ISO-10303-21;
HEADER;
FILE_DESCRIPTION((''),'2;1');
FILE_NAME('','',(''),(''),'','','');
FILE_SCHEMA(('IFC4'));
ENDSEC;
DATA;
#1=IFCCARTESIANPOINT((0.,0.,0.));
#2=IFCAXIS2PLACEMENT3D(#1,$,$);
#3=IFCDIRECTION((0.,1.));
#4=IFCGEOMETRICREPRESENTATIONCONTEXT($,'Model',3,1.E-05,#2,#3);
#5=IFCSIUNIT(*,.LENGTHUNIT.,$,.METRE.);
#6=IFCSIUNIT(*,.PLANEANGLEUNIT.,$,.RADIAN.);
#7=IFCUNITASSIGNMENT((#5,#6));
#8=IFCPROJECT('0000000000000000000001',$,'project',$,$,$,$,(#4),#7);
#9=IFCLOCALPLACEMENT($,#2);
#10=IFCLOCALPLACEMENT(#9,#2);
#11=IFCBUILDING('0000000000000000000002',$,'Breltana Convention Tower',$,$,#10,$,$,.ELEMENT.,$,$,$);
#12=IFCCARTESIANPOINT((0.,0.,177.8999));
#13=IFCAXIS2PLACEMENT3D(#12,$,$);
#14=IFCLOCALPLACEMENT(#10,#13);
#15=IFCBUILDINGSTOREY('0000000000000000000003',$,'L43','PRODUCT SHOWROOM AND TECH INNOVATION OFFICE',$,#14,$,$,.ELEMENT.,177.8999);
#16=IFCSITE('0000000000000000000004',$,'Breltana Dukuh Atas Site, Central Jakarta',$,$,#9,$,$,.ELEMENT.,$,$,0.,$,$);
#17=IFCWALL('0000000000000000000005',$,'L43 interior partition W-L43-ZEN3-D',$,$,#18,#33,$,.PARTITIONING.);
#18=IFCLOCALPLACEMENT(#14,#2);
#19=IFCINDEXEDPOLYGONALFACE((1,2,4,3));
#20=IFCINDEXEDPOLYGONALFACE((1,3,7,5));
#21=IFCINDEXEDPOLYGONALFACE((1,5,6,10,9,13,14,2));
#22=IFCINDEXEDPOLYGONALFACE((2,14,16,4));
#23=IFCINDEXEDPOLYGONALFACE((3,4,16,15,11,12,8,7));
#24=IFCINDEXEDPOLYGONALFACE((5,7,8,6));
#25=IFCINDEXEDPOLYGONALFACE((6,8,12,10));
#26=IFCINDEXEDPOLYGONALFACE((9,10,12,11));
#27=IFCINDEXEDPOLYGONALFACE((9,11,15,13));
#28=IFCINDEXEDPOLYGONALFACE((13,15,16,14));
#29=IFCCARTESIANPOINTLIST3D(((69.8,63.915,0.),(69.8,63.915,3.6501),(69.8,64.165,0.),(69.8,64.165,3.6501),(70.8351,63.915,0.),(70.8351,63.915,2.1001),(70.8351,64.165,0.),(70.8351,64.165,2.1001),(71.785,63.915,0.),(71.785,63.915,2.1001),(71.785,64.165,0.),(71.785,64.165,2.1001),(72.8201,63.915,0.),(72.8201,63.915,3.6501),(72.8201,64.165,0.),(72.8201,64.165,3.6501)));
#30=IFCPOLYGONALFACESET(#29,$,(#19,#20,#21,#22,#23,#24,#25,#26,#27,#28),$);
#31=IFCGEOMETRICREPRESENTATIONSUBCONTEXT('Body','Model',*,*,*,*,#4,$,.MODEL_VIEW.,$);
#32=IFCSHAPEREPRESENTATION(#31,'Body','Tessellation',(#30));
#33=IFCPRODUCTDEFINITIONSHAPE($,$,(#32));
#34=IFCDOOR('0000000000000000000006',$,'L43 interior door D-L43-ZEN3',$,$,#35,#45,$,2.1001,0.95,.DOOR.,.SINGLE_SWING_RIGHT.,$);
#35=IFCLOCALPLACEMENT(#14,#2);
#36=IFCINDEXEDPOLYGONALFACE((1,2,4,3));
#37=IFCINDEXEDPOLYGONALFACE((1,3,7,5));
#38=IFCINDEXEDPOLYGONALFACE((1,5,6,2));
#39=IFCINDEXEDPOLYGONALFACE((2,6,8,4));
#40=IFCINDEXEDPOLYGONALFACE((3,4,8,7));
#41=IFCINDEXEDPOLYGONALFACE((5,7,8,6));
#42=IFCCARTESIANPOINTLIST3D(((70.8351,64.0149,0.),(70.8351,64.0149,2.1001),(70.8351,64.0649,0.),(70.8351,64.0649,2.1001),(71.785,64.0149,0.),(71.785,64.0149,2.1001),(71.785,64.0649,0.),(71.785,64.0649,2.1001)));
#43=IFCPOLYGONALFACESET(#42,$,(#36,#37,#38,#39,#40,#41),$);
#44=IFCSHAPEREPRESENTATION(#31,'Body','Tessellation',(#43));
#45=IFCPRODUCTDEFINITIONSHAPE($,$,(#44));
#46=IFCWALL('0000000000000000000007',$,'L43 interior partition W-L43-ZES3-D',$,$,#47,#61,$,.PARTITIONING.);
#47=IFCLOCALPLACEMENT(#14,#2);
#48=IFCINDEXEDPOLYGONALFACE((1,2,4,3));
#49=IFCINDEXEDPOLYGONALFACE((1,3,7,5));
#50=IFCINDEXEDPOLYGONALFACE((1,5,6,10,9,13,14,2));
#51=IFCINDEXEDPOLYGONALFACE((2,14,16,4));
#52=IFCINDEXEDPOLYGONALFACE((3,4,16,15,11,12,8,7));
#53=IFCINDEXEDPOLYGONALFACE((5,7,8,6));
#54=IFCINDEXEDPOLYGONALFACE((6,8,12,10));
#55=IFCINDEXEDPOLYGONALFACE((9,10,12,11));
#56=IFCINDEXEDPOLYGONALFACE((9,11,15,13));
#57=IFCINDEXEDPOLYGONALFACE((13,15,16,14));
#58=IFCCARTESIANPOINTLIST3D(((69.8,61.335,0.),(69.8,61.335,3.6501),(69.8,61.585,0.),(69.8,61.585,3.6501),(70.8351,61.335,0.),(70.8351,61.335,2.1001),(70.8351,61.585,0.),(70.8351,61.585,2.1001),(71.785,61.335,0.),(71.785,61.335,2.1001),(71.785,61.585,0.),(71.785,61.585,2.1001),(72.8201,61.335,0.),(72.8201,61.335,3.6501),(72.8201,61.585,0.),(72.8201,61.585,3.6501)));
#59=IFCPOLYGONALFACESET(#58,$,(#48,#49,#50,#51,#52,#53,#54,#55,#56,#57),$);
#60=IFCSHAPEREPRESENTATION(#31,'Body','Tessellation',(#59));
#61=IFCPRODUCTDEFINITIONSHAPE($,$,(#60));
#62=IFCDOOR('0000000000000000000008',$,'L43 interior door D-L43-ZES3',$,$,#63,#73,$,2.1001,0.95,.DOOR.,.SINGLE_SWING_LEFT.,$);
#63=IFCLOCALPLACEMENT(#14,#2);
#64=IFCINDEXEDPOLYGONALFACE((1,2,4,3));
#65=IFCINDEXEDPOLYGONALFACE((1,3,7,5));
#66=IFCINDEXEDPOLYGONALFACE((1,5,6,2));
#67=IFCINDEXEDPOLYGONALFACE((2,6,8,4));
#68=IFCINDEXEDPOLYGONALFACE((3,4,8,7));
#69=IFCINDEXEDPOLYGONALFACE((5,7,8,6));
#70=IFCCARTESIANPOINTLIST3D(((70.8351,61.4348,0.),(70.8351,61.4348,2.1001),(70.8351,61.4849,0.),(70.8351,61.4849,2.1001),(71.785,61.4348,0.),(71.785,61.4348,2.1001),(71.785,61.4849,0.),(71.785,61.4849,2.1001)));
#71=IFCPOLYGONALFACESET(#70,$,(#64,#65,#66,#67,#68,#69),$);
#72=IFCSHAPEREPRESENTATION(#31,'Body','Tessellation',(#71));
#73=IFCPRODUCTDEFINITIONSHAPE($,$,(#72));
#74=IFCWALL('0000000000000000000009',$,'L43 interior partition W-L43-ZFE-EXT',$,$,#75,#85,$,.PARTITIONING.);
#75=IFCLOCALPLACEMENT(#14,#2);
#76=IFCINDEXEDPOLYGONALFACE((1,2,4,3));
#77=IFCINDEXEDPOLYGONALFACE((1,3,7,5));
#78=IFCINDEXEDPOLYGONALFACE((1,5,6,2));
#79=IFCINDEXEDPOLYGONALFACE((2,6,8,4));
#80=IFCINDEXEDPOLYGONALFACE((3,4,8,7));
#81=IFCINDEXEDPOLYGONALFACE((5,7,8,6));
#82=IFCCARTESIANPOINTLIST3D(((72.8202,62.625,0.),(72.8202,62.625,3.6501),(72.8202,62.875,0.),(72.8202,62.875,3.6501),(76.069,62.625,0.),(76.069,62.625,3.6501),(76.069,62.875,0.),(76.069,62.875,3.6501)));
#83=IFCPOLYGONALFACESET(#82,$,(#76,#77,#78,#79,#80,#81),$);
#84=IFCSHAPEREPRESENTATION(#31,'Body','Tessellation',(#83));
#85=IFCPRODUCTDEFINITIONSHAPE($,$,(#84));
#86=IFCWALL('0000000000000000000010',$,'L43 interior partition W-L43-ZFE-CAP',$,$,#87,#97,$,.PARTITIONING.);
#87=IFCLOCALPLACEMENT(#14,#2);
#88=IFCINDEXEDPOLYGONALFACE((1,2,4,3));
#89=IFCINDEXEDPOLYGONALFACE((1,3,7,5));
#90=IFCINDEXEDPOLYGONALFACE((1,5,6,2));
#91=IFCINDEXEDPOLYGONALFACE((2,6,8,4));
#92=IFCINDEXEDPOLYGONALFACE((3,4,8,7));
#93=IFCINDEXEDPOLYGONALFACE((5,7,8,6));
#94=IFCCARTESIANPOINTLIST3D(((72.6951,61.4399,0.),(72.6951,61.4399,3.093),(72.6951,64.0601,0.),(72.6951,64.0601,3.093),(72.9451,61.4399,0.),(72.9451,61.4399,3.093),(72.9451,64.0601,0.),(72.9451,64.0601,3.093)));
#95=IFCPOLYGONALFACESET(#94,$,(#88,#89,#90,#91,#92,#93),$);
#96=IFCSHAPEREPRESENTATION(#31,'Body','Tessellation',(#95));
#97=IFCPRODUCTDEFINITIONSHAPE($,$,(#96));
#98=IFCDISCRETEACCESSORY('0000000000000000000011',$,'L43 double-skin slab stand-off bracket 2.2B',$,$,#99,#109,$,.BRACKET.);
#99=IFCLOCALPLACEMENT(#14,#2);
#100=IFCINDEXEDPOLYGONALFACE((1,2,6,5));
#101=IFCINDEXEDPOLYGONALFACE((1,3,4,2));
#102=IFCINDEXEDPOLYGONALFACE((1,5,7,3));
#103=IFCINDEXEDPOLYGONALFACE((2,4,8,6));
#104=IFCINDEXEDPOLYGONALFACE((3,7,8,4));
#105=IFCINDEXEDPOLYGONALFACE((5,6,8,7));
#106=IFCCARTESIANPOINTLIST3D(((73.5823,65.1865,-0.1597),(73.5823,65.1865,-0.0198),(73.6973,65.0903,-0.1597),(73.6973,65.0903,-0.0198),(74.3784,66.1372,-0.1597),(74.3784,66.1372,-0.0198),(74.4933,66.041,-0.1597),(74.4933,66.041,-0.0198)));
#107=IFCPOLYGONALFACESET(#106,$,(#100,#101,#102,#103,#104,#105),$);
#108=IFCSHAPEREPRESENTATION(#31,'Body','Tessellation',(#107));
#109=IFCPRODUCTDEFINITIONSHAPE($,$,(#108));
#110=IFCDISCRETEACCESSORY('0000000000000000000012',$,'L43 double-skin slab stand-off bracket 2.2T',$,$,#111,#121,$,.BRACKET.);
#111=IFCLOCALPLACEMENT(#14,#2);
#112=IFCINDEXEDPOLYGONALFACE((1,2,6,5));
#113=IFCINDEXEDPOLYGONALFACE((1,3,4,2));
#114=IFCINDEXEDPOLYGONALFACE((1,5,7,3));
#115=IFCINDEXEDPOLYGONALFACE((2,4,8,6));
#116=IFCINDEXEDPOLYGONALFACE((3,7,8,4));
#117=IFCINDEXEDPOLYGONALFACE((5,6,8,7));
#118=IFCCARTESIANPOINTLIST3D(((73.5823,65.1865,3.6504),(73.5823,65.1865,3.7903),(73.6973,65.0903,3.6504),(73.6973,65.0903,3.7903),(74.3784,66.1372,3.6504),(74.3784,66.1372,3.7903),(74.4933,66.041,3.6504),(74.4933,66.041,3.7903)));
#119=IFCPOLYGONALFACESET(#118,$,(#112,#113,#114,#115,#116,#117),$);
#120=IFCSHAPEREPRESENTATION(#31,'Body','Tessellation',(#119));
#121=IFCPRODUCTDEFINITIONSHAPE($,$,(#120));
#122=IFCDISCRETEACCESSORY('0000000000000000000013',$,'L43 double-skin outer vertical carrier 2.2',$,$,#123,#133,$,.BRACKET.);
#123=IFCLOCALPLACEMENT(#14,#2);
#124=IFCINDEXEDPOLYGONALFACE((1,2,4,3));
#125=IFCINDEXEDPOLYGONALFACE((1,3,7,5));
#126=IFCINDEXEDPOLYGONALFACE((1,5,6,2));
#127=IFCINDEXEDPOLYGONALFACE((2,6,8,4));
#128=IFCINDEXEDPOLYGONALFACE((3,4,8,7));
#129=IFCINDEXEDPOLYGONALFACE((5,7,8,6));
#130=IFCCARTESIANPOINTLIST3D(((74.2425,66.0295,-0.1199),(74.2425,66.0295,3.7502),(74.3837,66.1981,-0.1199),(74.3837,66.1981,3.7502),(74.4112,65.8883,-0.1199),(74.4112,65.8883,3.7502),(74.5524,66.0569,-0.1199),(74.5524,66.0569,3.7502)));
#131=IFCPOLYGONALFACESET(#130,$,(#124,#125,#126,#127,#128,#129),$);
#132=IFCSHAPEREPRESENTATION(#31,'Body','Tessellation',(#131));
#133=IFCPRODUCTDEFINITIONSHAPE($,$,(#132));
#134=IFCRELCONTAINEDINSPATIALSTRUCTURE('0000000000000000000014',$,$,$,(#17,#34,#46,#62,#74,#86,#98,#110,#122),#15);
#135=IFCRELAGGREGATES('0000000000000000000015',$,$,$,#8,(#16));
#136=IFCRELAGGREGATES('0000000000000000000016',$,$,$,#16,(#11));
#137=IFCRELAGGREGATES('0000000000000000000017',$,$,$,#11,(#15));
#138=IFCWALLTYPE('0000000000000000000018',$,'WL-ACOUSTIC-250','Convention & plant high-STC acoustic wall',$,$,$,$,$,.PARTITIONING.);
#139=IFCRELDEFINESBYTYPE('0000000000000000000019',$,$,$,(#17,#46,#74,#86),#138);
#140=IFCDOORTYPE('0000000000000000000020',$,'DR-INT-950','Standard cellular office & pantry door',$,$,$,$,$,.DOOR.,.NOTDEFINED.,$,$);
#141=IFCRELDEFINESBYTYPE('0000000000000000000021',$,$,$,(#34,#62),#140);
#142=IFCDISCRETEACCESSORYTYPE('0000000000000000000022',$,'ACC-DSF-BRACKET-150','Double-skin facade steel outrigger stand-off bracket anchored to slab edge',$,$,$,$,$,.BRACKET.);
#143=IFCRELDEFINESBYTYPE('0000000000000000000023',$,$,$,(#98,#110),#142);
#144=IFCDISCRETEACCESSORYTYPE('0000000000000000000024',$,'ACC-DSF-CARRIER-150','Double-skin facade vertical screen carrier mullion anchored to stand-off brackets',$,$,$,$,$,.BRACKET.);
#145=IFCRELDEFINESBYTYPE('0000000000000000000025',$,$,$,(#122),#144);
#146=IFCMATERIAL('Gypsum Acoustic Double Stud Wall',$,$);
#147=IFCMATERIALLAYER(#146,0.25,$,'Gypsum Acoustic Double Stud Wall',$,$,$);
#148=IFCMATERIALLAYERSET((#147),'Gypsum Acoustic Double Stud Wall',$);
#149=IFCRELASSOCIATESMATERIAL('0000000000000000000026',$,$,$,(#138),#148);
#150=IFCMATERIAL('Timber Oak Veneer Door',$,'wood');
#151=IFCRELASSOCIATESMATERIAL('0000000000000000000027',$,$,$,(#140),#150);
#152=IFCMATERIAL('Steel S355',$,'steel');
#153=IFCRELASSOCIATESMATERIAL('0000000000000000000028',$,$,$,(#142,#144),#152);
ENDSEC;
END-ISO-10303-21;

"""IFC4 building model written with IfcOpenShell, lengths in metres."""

from ifc_helpers import new_model, si_unit, direction, frame, frame_2d, origin, origin_2d, place, context, subcontext, project, spatial, rectangle, extrude, source, transform, mapped, material, layer, layer_set, type_object, type_shapes, element, fill, save


model = new_model("IFC4")

# Units and contexts
model_context = context("Model", 3, precision=1e-05, world=origin(), true_north=direction((0.0, 1.0)))
body_context = subcontext(model_context, "Body", "Model", "MODEL_VIEW")
ifc_project = project(units=[si_unit("LENGTHUNIT", "METRE"), si_unit("PLANEANGLEUNIT", "RADIAN")], contexts=[model_context])

# Site, building, storey
site_placement = place(None, origin())
site = spatial("IfcSite", under=ifc_project, at=site_placement, Name="Breltana Dukuh Atas Site, Central Jakarta", CompositionType="ELEMENT", RefElevation=0.0)
building_placement = place(site_placement, origin())
building = spatial("IfcBuilding", under=site, at=building_placement, Name="Breltana Convention Tower", CompositionType="ELEMENT")
storey_placement = place(building_placement, frame((0.0, 0.0, 177.8999)))
storey = spatial("IfcBuildingStorey", under=building, at=storey_placement, Name="L43", Description="PRODUCT SHOWROOM AND TECH INNOVATION OFFICE", CompositionType="ELEMENT", Elevation=177.8999)

# Shared definitions
ifc_material_1 = material(Name="Gypsum Acoustic Double Stud Wall")
ifc_layer_1 = layer(ifc_material_1, 0.25, Name="Gypsum Acoustic Double Stud Wall")
ifc_layer_set_1 = layer_set([ifc_layer_1], Name="Gypsum Acoustic Double Stud Wall")
wall_type_1 = type_object("IfcWallType", Name="WL-ACOUSTIC-250", Description="Convention & plant high-STC acoustic wall", PredefinedType="PARTITIONING", material=ifc_layer_set_1)

# Walls, openings, doors
shared_shape_1 = source(origin(), body_context, "Body", "SweptSolid", [
    extrude(rectangle(XDim=3.02, YDim=0.25, at=frame_2d((1.51, 0.0))), origin(), (0.0, 0.0, 1.0), 3.6501),
])
wall_1_placement = place(storey_placement, frame((69.8, 64.04, 0.0), z_axis=(0.0, 0.0, 1.0), x_axis=(1.0, 0.0, 0.0)))
wall_1 = element("IfcWall", 1, at=wall_1_placement, inside=storey, type_object=wall_type_1, Name="L43 interior partition W-L43-ZEN3-D", PredefinedType="PARTITIONING", context=body_context, shape_type="MappedRepresentation", body=[
    mapped(shared_shape_1, transform((0.0, 0.0, 0.0), scale=1.0)),
])
opening_1_placement = place(wall_1_placement, frame((1.0349, 0.0, 0.0)))
opening_1 = element("IfcOpeningElement", 2, at=opening_1_placement, cuts=wall_1, PredefinedType="OPENING", context=body_context, shape_type="SweptSolid", body=[
    extrude(rectangle(XDim=0.95, YDim=2.1001, at=frame_2d((0.4751, 1.05))), frame((0.0, 0.135, 0.0), z_axis=(0.0, -1.0, 0.0), x_axis=(1.0, 0.0, 0.0)), (0.0, 0.0, 1.0), 0.27),
])
ifc_material_2 = material(Name="Timber Oak Veneer Door", Category="wood")
door_type = type_object("IfcDoorType", Name="DR-INT-950", Description="Standard cellular office & pantry door", OperationType="NOTDEFINED", PredefinedType="DOOR", material=ifc_material_2)
shared_shape_2 = source(origin(), body_context, "Body", "SweptSolid", [
    extrude(rectangle(XDim=0.95, YDim=2.1001, at=frame_2d((0.4751, 1.05))), frame((0.0, 0.0249, 0.0), z_axis=(0.0, -1.0, 0.0), x_axis=(1.0, 0.0, 0.0)), (0.0, 0.0, 1.0), 0.05),
])
type_shapes(door_type, [shared_shape_2])
door_1_placement = place(opening_1_placement, origin())
door_1 = element("IfcDoor", 3, at=door_1_placement, inside=storey, type_object=door_type, Name="L43 interior door D-L43-ZEN3", OperationType="SINGLE_SWING_RIGHT", OverallHeight=2.1001, OverallWidth=0.95, PredefinedType="DOOR", context=body_context, shape_type="MappedRepresentation", body=[
    mapped(shared_shape_2, transform((0.0, 0.0, 0.0), scale=1.0)),
])
fill(opening_1, door_1)
wall_2_placement = place(storey_placement, frame((69.8, 61.46, 0.0), z_axis=(0.0, 0.0, 1.0), x_axis=(1.0, 0.0, 0.0)))
wall_2 = element("IfcWall", 4, at=wall_2_placement, inside=storey, type_object=wall_type_1, Name="L43 interior partition W-L43-ZES3-D", PredefinedType="PARTITIONING", context=body_context, shape_type="MappedRepresentation", body=[
    mapped(shared_shape_1, transform((0.0, 0.0, 0.0), scale=1.0)),
])
opening_2_placement = place(wall_2_placement, frame((1.0349, 0.0, 0.0)))
opening_2 = element("IfcOpeningElement", 5, at=opening_2_placement, cuts=wall_2, PredefinedType="OPENING", context=body_context, shape_type="SweptSolid", body=[
    extrude(rectangle(XDim=0.95, YDim=2.1001, at=frame_2d((0.4751, 1.05))), frame((0.0, 0.135, 0.0), z_axis=(0.0, -1.0, 0.0), x_axis=(1.0, 0.0, 0.0)), (0.0, 0.0, 1.0), 0.27),
])
door_2_placement = place(opening_2_placement, origin())
door_2 = element("IfcDoor", 6, at=door_2_placement, inside=storey, type_object=door_type, Name="L43 interior door D-L43-ZES3", OperationType="SINGLE_SWING_LEFT", OverallHeight=2.1001, OverallWidth=0.95, PredefinedType="DOOR", context=body_context, shape_type="MappedRepresentation", body=[
    mapped(shared_shape_2, transform((0.0, 0.0, 0.0), scale=1.0)),
])
fill(opening_2, door_2)

# Walls
shared_shape_3 = source(origin(), body_context, "Body", "SweptSolid", [
    extrude(rectangle(XDim=3.2488, YDim=0.25, at=frame_2d((1.6245, 0.0))), origin(), (0.0, 0.0, 1.0), 3.6501),
])
wall_3_placement = place(storey_placement, frame((72.8201, 62.75, 0.0), z_axis=(0.0, 0.0, 1.0), x_axis=(1.0, 0.0, 0.0)))
element("IfcWall", 7, at=wall_3_placement, inside=storey, type_object=wall_type_1, Name="L43 interior partition W-L43-ZFE-EXT", PredefinedType="PARTITIONING", context=body_context, shape_type="MappedRepresentation", body=[
    mapped(shared_shape_3, transform((0.0, 0.0, 0.0), scale=1.0)),
])
shared_shape_4 = source(origin(), body_context, "Body", "SweptSolid", [
    extrude(rectangle(XDim=2.6201, YDim=0.25, at=frame_2d((1.3101, 0.0))), origin(), (0.0, 0.0, 1.0), 3.093),
])
wall_4_placement = place(storey_placement, frame((72.8201, 61.4399, 0.0), z_axis=(0.0, 0.0, 1.0), x_axis=(0.0, 1.0, 0.0)))
element("IfcWall", 8, at=wall_4_placement, inside=storey, type_object=wall_type_1, Name="L43 interior partition W-L43-ZFE-CAP", PredefinedType="PARTITIONING", context=body_context, shape_type="MappedRepresentation", body=[
    mapped(shared_shape_4, transform((0.0, 0.0, 0.0), scale=1.0)),
])

# Discrete accessories
ifc_material_3 = material(Name="Steel S355", Category="steel")
discrete_accessory_type_1 = type_object("IfcDiscreteAccessoryType", Name="ACC-DSF-BRACKET-150", Description="Double-skin facade steel outrigger stand-off bracket anchored to slab edge", PredefinedType="BRACKET", material=ifc_material_3)
shared_shape_5 = source(origin(), body_context, "Body", "SweptSolid", [
    extrude(rectangle(XDim=1.24, YDim=0.1499, at=origin_2d()), origin(), (0.0, 0.0, 1.0), 0.1399),
])
type_shapes(discrete_accessory_type_1, [shared_shape_5])
for number, where, z_axis, x_axis, name in (
    (9, (74.0378, 65.6138, -0.1597), (0.0, 0.0, 1.0), (0.641989, 0.766714, 0.0), "L43 double-skin slab stand-off bracket 2.2B"),
    (10, (74.0378, 65.6138, 3.6504), (0.0, 0.0, 1.0), (0.641989, 0.766714, 0.0), "L43 double-skin slab stand-off bracket 2.2T"),
):
    element("IfcDiscreteAccessory", number, at=place(storey_placement, frame(where, z_axis=z_axis, x_axis=x_axis)), inside=storey, type_object=discrete_accessory_type_1, Name=name, PredefinedType="BRACKET", context=body_context, shape_type="MappedRepresentation", body=[
        mapped(shared_shape_5, transform((0.0, 0.0, 0.0), scale=1.0)),
    ])
discrete_accessory_type_2 = type_object("IfcDiscreteAccessoryType", Name="ACC-DSF-CARRIER-150", Description="Double-skin facade vertical screen carrier mullion anchored to stand-off brackets", PredefinedType="BRACKET", material=ifc_material_3)
shared_shape_6 = source(origin(), body_context, "Body", "SweptSolid", [
    extrude(rectangle(XDim=0.22, YDim=0.22, at=origin_2d()), origin(), (0.0, 0.0, 1.0), 3.8701),
])
discrete_accessory_placement = place(storey_placement, frame((74.3975, 66.0432, -0.1199), z_axis=(0.0, 0.0, 1.0), x_axis=(0.641989, 0.766714, 0.0)))
element("IfcDiscreteAccessory", 11, at=discrete_accessory_placement, inside=storey, type_object=discrete_accessory_type_2, Name="L43 double-skin outer vertical carrier 2.2", PredefinedType="BRACKET", context=body_context, shape_type="MappedRepresentation", body=[
    mapped(shared_shape_6, transform((0.0, 0.0, 0.0), scale=1.0)),
])

save(model, "model.ifc")
